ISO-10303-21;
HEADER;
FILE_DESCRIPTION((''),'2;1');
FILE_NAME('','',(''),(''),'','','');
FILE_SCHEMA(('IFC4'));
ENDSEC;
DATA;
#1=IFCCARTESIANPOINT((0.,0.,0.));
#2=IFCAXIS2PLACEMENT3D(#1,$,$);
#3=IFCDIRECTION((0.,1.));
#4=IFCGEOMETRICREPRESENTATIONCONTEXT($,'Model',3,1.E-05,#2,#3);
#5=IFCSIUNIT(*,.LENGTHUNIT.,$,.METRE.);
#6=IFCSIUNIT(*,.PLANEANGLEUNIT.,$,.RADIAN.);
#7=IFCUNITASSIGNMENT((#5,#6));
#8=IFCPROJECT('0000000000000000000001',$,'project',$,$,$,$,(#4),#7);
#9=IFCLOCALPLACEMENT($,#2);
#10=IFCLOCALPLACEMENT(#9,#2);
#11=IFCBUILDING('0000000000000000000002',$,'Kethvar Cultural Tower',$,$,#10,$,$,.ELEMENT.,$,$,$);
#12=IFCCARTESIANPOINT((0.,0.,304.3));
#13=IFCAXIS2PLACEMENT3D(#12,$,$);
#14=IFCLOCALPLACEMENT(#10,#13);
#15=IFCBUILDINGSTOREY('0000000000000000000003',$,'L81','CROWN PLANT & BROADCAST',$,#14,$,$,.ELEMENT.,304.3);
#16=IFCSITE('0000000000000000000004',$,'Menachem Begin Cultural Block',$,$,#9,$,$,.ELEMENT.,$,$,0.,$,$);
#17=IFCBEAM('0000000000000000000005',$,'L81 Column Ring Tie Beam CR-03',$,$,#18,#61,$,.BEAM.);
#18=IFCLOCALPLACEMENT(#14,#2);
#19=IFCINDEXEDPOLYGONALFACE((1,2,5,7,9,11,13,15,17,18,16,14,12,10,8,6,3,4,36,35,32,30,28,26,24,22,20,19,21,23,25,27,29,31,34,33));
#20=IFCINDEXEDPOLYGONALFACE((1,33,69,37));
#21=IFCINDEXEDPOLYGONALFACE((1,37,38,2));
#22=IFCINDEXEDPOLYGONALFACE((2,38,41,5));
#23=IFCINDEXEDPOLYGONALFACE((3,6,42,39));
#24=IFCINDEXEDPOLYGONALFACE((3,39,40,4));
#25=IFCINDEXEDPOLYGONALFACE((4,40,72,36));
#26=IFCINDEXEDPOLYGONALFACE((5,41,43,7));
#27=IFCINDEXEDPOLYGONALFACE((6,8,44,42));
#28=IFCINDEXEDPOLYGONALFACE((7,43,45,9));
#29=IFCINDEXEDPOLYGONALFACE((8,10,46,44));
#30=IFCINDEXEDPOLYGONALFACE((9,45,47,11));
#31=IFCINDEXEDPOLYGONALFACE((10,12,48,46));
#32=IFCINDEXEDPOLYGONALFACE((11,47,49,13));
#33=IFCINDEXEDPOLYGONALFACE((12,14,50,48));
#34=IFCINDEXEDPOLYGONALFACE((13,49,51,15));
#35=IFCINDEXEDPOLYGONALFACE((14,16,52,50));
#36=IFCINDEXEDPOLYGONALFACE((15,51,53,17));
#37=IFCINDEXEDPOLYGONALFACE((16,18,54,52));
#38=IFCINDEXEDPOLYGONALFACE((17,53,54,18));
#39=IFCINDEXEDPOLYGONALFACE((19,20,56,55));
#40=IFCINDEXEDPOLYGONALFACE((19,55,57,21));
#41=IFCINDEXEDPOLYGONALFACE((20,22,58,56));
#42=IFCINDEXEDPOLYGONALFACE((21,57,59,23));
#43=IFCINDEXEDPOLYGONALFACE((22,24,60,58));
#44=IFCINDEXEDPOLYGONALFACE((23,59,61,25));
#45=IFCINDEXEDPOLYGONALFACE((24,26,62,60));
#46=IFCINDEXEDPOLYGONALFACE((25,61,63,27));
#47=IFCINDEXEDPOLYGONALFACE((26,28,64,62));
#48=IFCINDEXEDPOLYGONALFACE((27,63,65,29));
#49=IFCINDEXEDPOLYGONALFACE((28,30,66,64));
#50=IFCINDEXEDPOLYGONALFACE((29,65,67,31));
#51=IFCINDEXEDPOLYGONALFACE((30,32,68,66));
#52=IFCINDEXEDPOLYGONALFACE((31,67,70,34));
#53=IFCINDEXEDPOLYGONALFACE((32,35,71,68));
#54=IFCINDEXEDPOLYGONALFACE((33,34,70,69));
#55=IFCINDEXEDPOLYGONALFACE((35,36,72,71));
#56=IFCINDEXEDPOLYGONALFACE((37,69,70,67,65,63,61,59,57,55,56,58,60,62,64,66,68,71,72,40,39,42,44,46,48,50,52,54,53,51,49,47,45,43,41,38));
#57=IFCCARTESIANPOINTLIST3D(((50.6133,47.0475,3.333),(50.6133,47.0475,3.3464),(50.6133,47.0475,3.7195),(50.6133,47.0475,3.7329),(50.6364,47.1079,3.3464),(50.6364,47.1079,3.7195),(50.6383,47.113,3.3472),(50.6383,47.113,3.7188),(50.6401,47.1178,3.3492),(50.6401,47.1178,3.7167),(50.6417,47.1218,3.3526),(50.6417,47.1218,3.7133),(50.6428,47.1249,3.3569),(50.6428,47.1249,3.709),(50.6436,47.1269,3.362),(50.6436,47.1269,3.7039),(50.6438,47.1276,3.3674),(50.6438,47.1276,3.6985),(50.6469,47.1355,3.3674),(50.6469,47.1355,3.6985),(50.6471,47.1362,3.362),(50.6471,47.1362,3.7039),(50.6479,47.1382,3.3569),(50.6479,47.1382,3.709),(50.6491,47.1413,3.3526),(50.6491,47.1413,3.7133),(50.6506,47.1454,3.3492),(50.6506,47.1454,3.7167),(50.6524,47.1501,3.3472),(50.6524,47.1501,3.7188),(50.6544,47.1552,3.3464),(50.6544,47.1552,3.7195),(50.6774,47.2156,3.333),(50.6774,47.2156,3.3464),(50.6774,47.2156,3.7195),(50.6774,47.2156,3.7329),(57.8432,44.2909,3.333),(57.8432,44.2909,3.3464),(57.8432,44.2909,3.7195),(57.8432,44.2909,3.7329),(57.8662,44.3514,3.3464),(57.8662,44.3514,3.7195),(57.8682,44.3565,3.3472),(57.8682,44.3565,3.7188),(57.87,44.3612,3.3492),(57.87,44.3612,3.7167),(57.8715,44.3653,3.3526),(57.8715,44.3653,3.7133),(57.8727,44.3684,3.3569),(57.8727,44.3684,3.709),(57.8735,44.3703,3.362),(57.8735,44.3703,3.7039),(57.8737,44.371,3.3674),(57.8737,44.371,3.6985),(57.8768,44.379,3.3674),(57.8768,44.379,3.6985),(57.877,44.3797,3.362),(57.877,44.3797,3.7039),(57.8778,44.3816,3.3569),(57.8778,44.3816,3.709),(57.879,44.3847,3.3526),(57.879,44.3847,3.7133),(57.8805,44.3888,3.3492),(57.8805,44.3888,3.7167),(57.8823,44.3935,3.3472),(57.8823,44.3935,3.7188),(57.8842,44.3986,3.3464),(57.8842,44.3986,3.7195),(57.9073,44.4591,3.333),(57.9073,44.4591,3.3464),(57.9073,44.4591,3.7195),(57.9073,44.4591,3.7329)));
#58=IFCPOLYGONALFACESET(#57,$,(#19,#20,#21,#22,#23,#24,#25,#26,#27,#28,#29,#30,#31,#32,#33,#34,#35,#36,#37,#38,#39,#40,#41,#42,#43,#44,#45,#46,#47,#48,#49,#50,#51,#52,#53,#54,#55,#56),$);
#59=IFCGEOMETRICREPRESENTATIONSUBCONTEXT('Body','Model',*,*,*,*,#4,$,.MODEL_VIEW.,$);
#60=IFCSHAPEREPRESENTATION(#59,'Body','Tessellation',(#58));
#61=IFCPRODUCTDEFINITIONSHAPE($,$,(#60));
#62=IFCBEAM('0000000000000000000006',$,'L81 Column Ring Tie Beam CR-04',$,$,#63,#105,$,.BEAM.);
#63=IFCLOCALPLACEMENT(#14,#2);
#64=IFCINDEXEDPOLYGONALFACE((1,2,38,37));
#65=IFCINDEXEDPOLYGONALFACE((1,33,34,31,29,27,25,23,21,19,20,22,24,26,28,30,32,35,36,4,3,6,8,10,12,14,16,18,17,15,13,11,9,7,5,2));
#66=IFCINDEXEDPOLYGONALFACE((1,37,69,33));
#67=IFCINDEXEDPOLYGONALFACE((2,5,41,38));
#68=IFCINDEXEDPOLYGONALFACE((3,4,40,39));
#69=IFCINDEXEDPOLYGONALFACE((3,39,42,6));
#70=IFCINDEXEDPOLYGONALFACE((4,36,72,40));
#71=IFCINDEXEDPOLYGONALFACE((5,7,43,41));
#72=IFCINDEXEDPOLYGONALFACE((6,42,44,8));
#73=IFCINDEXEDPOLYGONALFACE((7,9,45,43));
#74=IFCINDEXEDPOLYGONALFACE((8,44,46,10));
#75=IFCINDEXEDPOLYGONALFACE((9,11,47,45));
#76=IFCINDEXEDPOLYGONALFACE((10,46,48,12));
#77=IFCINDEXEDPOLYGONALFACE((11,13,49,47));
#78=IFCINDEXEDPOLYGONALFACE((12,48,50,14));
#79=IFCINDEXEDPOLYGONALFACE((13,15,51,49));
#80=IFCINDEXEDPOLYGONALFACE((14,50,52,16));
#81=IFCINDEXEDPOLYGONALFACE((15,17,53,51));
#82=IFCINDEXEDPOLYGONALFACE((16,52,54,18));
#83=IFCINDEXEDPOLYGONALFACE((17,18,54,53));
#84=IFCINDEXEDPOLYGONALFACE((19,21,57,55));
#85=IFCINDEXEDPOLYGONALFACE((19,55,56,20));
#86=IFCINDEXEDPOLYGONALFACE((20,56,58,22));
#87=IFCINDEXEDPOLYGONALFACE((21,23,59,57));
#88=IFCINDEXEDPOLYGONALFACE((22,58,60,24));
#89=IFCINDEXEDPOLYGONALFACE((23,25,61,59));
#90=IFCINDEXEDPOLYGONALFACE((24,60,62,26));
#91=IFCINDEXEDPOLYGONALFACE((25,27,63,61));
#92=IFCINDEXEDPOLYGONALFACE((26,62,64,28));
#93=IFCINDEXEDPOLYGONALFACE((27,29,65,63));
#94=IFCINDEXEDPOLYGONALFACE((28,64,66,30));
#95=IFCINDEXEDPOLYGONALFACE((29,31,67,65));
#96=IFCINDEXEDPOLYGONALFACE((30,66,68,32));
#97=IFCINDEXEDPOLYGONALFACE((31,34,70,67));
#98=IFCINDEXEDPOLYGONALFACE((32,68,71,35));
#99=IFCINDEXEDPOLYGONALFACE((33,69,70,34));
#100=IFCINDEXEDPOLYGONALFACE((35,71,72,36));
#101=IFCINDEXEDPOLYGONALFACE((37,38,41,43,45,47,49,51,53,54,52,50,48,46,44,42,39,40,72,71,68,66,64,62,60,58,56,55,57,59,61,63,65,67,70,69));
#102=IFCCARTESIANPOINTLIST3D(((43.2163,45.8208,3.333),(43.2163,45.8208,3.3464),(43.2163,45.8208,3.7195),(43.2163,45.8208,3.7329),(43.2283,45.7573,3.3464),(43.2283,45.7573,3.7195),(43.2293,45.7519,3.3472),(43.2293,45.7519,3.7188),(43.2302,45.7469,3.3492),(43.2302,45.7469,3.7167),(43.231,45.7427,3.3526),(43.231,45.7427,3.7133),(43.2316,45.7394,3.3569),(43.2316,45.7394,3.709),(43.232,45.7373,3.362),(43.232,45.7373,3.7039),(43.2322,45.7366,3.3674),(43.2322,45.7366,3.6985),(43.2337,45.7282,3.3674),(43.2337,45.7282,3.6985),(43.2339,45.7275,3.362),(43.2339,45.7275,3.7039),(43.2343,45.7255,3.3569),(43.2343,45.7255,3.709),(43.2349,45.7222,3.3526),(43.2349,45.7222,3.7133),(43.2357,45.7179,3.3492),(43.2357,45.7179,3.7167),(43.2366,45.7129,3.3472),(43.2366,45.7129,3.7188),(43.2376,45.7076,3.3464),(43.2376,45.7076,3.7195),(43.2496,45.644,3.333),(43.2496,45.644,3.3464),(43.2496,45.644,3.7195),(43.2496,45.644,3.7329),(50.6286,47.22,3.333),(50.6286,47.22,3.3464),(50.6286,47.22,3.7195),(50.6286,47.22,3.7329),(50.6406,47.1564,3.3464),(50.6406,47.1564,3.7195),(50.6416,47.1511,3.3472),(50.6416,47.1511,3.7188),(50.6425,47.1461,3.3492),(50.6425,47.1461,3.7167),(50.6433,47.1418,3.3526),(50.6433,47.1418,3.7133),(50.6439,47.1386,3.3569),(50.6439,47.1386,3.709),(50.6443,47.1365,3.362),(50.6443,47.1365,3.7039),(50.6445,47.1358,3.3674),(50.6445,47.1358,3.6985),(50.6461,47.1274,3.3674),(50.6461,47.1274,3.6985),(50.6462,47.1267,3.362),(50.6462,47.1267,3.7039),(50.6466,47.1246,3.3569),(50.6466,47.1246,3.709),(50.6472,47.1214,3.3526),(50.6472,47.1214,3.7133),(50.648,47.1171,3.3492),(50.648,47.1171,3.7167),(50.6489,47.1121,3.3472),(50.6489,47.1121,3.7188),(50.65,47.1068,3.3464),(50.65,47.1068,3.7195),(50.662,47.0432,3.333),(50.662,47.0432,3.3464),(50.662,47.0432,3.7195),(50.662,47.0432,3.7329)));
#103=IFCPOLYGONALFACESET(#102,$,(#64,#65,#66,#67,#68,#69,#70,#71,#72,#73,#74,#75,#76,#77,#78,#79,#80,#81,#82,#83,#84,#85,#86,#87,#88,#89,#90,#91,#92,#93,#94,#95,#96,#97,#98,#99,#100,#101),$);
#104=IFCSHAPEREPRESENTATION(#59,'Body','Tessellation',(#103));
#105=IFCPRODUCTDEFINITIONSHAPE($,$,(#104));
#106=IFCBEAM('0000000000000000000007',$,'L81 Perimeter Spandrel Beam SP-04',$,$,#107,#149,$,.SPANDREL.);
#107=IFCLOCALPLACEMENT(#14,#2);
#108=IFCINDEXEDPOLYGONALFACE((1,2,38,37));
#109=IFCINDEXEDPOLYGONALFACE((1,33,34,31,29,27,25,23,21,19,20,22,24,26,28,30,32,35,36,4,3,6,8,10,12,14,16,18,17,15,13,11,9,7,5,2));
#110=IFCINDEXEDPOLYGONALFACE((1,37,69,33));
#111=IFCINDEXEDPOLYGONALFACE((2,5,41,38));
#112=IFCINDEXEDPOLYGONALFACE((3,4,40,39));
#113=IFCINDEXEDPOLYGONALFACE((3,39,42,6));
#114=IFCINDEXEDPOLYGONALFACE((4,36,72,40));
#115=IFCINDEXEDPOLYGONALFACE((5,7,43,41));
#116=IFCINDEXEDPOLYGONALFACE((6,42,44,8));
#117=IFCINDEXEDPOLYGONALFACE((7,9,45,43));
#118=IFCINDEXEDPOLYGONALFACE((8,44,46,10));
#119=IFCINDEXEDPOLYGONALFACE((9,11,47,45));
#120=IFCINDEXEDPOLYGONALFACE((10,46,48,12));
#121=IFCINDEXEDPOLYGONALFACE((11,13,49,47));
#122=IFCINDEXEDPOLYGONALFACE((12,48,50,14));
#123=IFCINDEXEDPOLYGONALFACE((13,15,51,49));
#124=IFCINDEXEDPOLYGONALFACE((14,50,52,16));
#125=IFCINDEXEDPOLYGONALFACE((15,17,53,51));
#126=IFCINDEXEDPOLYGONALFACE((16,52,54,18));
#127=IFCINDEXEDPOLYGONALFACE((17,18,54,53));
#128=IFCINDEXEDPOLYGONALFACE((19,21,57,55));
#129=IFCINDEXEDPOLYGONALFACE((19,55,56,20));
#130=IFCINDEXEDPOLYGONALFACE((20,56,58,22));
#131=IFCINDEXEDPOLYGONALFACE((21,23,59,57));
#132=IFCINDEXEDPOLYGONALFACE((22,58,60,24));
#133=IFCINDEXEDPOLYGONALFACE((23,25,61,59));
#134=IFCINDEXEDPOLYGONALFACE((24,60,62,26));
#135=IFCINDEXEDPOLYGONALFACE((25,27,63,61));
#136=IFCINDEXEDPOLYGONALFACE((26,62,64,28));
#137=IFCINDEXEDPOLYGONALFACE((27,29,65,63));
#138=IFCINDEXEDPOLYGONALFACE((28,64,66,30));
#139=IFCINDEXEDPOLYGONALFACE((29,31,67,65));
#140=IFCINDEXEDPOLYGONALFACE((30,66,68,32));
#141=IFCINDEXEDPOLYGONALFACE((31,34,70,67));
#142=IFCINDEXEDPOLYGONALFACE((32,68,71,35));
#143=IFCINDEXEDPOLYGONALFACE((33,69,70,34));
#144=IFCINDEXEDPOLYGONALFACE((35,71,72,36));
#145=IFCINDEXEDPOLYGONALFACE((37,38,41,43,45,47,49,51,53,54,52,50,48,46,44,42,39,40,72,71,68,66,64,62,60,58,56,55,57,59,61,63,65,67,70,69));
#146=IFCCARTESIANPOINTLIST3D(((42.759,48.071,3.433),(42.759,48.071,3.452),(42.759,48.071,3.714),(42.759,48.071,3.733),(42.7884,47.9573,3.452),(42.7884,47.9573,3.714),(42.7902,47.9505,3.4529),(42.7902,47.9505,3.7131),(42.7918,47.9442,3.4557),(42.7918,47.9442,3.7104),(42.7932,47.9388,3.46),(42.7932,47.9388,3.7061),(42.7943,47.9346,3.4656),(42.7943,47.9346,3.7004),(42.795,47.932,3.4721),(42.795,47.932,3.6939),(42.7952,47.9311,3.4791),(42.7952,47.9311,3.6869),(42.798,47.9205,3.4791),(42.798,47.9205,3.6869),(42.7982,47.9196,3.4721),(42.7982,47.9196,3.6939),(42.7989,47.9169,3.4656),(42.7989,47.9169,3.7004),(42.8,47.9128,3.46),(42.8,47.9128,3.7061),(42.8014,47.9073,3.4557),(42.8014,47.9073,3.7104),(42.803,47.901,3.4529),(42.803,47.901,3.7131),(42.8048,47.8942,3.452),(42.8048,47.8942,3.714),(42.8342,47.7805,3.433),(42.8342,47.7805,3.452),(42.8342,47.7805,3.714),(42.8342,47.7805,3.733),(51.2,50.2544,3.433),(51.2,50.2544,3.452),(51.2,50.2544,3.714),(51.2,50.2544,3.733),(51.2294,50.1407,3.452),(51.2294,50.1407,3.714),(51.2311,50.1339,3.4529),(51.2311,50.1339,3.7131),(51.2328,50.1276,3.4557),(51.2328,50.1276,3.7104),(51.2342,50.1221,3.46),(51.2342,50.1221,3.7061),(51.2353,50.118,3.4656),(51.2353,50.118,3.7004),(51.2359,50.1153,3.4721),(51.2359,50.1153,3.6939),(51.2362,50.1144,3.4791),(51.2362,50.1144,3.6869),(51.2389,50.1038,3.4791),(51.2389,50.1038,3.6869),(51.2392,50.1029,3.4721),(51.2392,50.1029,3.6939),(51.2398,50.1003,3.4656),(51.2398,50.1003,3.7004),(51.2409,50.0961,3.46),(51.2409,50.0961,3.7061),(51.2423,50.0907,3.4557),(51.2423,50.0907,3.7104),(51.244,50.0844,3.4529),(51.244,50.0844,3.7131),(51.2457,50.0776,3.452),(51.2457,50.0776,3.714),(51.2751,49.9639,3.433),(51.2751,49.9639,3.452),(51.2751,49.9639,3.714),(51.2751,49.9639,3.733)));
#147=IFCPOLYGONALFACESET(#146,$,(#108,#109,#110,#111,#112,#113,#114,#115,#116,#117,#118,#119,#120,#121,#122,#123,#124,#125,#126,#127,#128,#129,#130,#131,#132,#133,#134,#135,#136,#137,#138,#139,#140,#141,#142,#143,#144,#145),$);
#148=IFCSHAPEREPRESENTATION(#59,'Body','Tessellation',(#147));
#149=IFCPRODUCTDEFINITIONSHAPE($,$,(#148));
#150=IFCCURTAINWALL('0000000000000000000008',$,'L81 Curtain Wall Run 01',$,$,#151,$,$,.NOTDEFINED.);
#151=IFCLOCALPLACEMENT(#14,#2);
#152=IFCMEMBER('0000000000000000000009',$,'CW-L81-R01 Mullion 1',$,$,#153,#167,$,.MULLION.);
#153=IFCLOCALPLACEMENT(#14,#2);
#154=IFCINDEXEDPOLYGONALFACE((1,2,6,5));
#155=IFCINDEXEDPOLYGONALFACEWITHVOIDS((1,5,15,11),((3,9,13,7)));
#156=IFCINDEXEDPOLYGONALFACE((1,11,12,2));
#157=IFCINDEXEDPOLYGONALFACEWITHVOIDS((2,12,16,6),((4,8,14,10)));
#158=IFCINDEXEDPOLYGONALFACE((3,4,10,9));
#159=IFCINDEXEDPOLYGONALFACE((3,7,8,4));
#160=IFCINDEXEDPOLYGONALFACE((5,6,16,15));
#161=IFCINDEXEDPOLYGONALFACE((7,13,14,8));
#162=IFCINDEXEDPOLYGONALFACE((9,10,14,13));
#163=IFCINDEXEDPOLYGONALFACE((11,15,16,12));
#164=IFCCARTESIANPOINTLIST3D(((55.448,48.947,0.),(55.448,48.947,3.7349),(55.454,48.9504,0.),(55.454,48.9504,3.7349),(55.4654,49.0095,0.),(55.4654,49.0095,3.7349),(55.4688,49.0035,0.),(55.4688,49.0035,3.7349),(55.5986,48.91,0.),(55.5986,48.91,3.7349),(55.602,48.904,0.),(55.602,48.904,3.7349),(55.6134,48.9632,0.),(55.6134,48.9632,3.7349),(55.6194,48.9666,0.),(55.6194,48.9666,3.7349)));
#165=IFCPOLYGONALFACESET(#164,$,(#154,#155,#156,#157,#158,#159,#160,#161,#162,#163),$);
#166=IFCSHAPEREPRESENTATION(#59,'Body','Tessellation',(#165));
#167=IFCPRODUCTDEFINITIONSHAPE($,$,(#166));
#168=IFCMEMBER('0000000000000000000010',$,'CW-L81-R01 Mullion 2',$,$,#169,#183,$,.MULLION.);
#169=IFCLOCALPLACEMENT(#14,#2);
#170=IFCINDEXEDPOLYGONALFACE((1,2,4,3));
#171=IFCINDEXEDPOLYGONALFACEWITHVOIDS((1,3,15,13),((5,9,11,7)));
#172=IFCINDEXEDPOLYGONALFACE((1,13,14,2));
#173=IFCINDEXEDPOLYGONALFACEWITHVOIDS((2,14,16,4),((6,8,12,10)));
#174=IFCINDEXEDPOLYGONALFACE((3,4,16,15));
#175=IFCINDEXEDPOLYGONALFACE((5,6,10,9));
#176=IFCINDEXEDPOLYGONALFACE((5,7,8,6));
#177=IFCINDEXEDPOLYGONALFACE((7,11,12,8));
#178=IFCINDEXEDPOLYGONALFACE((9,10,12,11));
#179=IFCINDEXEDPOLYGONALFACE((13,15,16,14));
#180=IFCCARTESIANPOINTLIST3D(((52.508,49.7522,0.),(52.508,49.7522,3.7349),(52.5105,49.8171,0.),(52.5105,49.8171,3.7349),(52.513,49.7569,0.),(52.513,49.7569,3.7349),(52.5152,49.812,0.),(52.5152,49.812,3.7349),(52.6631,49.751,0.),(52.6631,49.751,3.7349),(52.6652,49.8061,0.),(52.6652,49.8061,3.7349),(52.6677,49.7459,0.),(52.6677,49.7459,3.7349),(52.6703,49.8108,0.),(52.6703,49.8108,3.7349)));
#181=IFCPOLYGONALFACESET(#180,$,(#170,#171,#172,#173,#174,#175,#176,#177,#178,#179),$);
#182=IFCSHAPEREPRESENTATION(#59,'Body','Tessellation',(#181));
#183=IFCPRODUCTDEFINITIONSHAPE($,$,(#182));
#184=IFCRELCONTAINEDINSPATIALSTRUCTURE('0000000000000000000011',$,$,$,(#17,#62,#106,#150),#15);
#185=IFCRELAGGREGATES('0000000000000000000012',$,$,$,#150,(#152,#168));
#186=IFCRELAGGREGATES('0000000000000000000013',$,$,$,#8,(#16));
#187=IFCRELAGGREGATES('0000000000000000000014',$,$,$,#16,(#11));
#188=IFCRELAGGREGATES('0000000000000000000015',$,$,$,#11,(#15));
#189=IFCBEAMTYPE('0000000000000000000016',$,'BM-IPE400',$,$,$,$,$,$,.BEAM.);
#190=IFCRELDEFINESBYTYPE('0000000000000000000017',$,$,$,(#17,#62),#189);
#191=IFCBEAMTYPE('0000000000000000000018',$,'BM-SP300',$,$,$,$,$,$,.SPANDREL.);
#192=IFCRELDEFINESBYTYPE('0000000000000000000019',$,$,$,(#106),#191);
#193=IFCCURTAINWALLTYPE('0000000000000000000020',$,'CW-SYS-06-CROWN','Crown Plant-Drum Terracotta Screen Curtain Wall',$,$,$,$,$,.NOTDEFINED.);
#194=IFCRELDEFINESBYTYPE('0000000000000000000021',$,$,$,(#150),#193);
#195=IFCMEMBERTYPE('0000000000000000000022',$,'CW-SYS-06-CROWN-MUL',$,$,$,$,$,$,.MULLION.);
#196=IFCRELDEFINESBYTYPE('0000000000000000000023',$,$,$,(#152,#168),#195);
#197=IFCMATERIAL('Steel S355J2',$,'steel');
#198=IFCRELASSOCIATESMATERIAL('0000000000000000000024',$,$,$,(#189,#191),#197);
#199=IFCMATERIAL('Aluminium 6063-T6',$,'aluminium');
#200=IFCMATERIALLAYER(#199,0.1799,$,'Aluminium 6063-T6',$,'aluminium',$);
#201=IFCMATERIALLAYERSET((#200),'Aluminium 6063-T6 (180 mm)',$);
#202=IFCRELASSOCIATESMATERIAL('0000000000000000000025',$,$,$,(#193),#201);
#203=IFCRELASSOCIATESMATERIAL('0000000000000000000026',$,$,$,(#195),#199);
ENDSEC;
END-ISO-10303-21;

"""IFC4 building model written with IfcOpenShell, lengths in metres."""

from ifc_helpers import new_model, si_unit, direction, frame, origin, origin_2d, place, context, subcontext, project, spatial, hollow_rectangle, i_section, extrude, source, transform, mapped, material, layer, layer_set, material_profile, profile_set, type_object, element, aggregate, save


model = new_model("IFC4")

# Units and contexts
model_context = context("Model", 3, precision=1e-05, world=origin(), true_north=direction((0.0, 1.0)))
body_context = subcontext(model_context, "Body", "Model", "MODEL_VIEW")
ifc_project = project(units=[si_unit("LENGTHUNIT", "METRE"), si_unit("PLANEANGLEUNIT", "RADIAN")], contexts=[model_context])

# Site, building, storey
site_placement = place(None, origin())
site = spatial("IfcSite", under=ifc_project, at=site_placement, Name="Menachem Begin Cultural Block", CompositionType="ELEMENT", RefElevation=0.0)
building_placement = place(site_placement, origin())
building = spatial("IfcBuilding", under=site, at=building_placement, Name="Kethvar Cultural Tower", CompositionType="ELEMENT")
storey_placement = place(building_placement, frame((0.0, 0.0, 304.3)))
storey = spatial("IfcBuildingStorey", under=building, at=storey_placement, Name="L81", Description="CROWN PLANT & BROADCAST", CompositionType="ELEMENT", Elevation=304.3)

# Shared definitions
ifc_material_1 = material(Name="Steel S355J2", Category="steel")

# Beams
ifc_material_profile_1 = material_profile(ifc_material_1, i_section(OverallWidth=0.1799, OverallDepth=0.3999, WebThickness=0.0085, FlangeThickness=0.0134, FilletRadius=0.021, at=origin_2d()), Name="Steel S355J2 — IPE400")
ifc_profile_set_1 = profile_set([ifc_material_profile_1], Name="Steel S355J2 — IPE400")
beam_type_1 = type_object("IfcBeamType", Name="BM-IPE400", PredefinedType="BEAM", material=ifc_profile_set_1)
shared_shape_1 = source(origin(), body_context, "Body", "SweptSolid", [
    extrude(i_section(OverallWidth=0.1799, OverallDepth=0.3999, WebThickness=0.0085, FlangeThickness=0.0134, FilletRadius=0.021, at=origin_2d()), origin(), (0.0, 0.0, 1.0), 7.7375),
])
beam_1_placement = place(storey_placement, frame((57.8752, 44.375, 3.533), z_axis=(-0.934388, 0.356256, 0.0), x_axis=(-0.356256, -0.934388, 0.0)))
element("IfcBeam", 1, at=beam_1_placement, inside=storey, type_object=beam_type_1, Name="L81 Column Ring Tie Beam CR-03", PredefinedType="BEAM", context=body_context, shape_type="MappedRepresentation", body=[
    mapped(shared_shape_1, transform((0.0, 0.0, 0.0), scale=1.0)),
])
shared_shape_2 = source(origin(), body_context, "Body", "SweptSolid", [
    extrude(i_section(OverallWidth=0.1799, OverallDepth=0.3999, WebThickness=0.0085, FlangeThickness=0.0134, FilletRadius=0.021, at=origin_2d()), origin(), (0.0, 0.0, 1.0), 7.5432),
])
beam_2_placement = place(storey_placement, frame((50.6453, 47.1316, 3.533), z_axis=(-0.982647, -0.185486, 0.0), x_axis=(0.185486, -0.982647, 0.0)))
element("IfcBeam", 2, at=beam_2_placement, inside=storey, type_object=beam_type_1, Name="L81 Column Ring Tie Beam CR-04", PredefinedType="BEAM", context=body_context, shape_type="MappedRepresentation", body=[
    mapped(shared_shape_2, transform((0.0, 0.0, 0.0), scale=1.0)),
])
ifc_material_profile_2 = material_profile(ifc_material_1, i_section(OverallWidth=0.3, OverallDepth=0.3, WebThickness=0.011, FlangeThickness=0.019, FilletRadius=0.0271, at=origin_2d()), Name="Steel S355J2 — HEB300")
ifc_profile_set_2 = profile_set([ifc_material_profile_2], Name="Steel S355J2 — HEB300")
beam_type_2 = type_object("IfcBeamType", Name="BM-SP300", PredefinedType="SPANDREL", material=ifc_profile_set_2)
shared_shape_3 = source(origin(), body_context, "Body", "SweptSolid", [
    extrude(i_section(OverallWidth=0.3, OverallDepth=0.3, WebThickness=0.011, FlangeThickness=0.019, FilletRadius=0.0271, at=origin_2d()), origin(), (0.0, 0.0, 1.0), 8.7188),
])
beam_3_placement = place(storey_placement, frame((51.2375, 50.1091, 3.583), z_axis=(-0.968137, -0.250421, 0.0), x_axis=(0.250421, -0.968137, 0.0)))
element("IfcBeam", 3, at=beam_3_placement, inside=storey, type_object=beam_type_2, Name="L81 Perimeter Spandrel Beam SP-04", PredefinedType="SPANDREL", context=body_context, shape_type="MappedRepresentation", body=[
    mapped(shared_shape_3, transform((0.0, 0.0, 0.0), scale=1.0)),
])

# Curtain wall, members
ifc_material_2 = material(Name="Aluminium 6063-T6", Category="aluminium")
ifc_layer_1 = layer(ifc_material_2, 0.1799, Name="Aluminium 6063-T6", Category="aluminium")
ifc_layer_set_1 = layer_set([ifc_layer_1], Name="Aluminium 6063-T6 (180 mm)")
curtain_wall_type = type_object("IfcCurtainWallType", Name="CW-SYS-06-CROWN", Description="Crown Plant-Drum Terracotta Screen Curtain Wall", PredefinedType="NOTDEFINED", material=ifc_layer_set_1)
curtain_wall_1_placement = place(storey_placement, origin())
curtain_wall_1 = element("IfcCurtainWall", 4, at=curtain_wall_1_placement, inside=storey, type_object=curtain_wall_type, Name="L81 Curtain Wall Run 01", PredefinedType="NOTDEFINED")
ifc_material_profile_3 = material_profile(ifc_material_2, hollow_rectangle(XDim=0.0649, YDim=0.1599, WallThickness=0.0049, at=origin_2d()), Name="Aluminium 6063-T6 — RHS160x65x5")
ifc_profile_set_3 = profile_set([ifc_material_profile_3], Name="Aluminium 6063-T6 — RHS160x65x5")
member_type_1 = type_object("IfcMemberType", Name="CW-SYS-06-CROWN-MUL", PredefinedType="MULLION", material=ifc_profile_set_3)
shared_shape_4 = source(origin(), body_context, "Body", "SweptSolid", [
    extrude(hollow_rectangle(XDim=0.0649, YDim=0.1599, WallThickness=0.0049, at=origin_2d()), origin(), (0.0, 0.0, 1.0), 3.7349),
])
member_1_placement = place(storey_placement, frame((55.5337, 48.9568, 0.0), z_axis=(0.0, 0.0, 1.0), x_axis=(-0.268684, -0.963228, 0.0)))
member_1 = element("IfcMember", 5, at=member_1_placement, type_object=member_type_1, Name="CW-L81-R01 Mullion 1", PredefinedType="MULLION", context=body_context, shape_type="MappedRepresentation", body=[
    mapped(shared_shape_4, transform((0.0, 0.0, 0.0), scale=1.0)),
])
member_2_placement = place(storey_placement, frame((52.5891, 49.7815, 0.0), z_axis=(0.0, 0.0, 1.0), x_axis=(-0.038946, -0.999241, 0.0)))
member_2 = element("IfcMember", 6, at=member_2_placement, type_object=member_type_1, Name="CW-L81-R01 Mullion 2", PredefinedType="MULLION", context=body_context, shape_type="MappedRepresentation", body=[
    mapped(shared_shape_4, transform((0.0, 0.0, 0.0), scale=1.0)),
])

aggregate(curtain_wall_1, [member_1, member_2])

save(model, "model.ifc")
